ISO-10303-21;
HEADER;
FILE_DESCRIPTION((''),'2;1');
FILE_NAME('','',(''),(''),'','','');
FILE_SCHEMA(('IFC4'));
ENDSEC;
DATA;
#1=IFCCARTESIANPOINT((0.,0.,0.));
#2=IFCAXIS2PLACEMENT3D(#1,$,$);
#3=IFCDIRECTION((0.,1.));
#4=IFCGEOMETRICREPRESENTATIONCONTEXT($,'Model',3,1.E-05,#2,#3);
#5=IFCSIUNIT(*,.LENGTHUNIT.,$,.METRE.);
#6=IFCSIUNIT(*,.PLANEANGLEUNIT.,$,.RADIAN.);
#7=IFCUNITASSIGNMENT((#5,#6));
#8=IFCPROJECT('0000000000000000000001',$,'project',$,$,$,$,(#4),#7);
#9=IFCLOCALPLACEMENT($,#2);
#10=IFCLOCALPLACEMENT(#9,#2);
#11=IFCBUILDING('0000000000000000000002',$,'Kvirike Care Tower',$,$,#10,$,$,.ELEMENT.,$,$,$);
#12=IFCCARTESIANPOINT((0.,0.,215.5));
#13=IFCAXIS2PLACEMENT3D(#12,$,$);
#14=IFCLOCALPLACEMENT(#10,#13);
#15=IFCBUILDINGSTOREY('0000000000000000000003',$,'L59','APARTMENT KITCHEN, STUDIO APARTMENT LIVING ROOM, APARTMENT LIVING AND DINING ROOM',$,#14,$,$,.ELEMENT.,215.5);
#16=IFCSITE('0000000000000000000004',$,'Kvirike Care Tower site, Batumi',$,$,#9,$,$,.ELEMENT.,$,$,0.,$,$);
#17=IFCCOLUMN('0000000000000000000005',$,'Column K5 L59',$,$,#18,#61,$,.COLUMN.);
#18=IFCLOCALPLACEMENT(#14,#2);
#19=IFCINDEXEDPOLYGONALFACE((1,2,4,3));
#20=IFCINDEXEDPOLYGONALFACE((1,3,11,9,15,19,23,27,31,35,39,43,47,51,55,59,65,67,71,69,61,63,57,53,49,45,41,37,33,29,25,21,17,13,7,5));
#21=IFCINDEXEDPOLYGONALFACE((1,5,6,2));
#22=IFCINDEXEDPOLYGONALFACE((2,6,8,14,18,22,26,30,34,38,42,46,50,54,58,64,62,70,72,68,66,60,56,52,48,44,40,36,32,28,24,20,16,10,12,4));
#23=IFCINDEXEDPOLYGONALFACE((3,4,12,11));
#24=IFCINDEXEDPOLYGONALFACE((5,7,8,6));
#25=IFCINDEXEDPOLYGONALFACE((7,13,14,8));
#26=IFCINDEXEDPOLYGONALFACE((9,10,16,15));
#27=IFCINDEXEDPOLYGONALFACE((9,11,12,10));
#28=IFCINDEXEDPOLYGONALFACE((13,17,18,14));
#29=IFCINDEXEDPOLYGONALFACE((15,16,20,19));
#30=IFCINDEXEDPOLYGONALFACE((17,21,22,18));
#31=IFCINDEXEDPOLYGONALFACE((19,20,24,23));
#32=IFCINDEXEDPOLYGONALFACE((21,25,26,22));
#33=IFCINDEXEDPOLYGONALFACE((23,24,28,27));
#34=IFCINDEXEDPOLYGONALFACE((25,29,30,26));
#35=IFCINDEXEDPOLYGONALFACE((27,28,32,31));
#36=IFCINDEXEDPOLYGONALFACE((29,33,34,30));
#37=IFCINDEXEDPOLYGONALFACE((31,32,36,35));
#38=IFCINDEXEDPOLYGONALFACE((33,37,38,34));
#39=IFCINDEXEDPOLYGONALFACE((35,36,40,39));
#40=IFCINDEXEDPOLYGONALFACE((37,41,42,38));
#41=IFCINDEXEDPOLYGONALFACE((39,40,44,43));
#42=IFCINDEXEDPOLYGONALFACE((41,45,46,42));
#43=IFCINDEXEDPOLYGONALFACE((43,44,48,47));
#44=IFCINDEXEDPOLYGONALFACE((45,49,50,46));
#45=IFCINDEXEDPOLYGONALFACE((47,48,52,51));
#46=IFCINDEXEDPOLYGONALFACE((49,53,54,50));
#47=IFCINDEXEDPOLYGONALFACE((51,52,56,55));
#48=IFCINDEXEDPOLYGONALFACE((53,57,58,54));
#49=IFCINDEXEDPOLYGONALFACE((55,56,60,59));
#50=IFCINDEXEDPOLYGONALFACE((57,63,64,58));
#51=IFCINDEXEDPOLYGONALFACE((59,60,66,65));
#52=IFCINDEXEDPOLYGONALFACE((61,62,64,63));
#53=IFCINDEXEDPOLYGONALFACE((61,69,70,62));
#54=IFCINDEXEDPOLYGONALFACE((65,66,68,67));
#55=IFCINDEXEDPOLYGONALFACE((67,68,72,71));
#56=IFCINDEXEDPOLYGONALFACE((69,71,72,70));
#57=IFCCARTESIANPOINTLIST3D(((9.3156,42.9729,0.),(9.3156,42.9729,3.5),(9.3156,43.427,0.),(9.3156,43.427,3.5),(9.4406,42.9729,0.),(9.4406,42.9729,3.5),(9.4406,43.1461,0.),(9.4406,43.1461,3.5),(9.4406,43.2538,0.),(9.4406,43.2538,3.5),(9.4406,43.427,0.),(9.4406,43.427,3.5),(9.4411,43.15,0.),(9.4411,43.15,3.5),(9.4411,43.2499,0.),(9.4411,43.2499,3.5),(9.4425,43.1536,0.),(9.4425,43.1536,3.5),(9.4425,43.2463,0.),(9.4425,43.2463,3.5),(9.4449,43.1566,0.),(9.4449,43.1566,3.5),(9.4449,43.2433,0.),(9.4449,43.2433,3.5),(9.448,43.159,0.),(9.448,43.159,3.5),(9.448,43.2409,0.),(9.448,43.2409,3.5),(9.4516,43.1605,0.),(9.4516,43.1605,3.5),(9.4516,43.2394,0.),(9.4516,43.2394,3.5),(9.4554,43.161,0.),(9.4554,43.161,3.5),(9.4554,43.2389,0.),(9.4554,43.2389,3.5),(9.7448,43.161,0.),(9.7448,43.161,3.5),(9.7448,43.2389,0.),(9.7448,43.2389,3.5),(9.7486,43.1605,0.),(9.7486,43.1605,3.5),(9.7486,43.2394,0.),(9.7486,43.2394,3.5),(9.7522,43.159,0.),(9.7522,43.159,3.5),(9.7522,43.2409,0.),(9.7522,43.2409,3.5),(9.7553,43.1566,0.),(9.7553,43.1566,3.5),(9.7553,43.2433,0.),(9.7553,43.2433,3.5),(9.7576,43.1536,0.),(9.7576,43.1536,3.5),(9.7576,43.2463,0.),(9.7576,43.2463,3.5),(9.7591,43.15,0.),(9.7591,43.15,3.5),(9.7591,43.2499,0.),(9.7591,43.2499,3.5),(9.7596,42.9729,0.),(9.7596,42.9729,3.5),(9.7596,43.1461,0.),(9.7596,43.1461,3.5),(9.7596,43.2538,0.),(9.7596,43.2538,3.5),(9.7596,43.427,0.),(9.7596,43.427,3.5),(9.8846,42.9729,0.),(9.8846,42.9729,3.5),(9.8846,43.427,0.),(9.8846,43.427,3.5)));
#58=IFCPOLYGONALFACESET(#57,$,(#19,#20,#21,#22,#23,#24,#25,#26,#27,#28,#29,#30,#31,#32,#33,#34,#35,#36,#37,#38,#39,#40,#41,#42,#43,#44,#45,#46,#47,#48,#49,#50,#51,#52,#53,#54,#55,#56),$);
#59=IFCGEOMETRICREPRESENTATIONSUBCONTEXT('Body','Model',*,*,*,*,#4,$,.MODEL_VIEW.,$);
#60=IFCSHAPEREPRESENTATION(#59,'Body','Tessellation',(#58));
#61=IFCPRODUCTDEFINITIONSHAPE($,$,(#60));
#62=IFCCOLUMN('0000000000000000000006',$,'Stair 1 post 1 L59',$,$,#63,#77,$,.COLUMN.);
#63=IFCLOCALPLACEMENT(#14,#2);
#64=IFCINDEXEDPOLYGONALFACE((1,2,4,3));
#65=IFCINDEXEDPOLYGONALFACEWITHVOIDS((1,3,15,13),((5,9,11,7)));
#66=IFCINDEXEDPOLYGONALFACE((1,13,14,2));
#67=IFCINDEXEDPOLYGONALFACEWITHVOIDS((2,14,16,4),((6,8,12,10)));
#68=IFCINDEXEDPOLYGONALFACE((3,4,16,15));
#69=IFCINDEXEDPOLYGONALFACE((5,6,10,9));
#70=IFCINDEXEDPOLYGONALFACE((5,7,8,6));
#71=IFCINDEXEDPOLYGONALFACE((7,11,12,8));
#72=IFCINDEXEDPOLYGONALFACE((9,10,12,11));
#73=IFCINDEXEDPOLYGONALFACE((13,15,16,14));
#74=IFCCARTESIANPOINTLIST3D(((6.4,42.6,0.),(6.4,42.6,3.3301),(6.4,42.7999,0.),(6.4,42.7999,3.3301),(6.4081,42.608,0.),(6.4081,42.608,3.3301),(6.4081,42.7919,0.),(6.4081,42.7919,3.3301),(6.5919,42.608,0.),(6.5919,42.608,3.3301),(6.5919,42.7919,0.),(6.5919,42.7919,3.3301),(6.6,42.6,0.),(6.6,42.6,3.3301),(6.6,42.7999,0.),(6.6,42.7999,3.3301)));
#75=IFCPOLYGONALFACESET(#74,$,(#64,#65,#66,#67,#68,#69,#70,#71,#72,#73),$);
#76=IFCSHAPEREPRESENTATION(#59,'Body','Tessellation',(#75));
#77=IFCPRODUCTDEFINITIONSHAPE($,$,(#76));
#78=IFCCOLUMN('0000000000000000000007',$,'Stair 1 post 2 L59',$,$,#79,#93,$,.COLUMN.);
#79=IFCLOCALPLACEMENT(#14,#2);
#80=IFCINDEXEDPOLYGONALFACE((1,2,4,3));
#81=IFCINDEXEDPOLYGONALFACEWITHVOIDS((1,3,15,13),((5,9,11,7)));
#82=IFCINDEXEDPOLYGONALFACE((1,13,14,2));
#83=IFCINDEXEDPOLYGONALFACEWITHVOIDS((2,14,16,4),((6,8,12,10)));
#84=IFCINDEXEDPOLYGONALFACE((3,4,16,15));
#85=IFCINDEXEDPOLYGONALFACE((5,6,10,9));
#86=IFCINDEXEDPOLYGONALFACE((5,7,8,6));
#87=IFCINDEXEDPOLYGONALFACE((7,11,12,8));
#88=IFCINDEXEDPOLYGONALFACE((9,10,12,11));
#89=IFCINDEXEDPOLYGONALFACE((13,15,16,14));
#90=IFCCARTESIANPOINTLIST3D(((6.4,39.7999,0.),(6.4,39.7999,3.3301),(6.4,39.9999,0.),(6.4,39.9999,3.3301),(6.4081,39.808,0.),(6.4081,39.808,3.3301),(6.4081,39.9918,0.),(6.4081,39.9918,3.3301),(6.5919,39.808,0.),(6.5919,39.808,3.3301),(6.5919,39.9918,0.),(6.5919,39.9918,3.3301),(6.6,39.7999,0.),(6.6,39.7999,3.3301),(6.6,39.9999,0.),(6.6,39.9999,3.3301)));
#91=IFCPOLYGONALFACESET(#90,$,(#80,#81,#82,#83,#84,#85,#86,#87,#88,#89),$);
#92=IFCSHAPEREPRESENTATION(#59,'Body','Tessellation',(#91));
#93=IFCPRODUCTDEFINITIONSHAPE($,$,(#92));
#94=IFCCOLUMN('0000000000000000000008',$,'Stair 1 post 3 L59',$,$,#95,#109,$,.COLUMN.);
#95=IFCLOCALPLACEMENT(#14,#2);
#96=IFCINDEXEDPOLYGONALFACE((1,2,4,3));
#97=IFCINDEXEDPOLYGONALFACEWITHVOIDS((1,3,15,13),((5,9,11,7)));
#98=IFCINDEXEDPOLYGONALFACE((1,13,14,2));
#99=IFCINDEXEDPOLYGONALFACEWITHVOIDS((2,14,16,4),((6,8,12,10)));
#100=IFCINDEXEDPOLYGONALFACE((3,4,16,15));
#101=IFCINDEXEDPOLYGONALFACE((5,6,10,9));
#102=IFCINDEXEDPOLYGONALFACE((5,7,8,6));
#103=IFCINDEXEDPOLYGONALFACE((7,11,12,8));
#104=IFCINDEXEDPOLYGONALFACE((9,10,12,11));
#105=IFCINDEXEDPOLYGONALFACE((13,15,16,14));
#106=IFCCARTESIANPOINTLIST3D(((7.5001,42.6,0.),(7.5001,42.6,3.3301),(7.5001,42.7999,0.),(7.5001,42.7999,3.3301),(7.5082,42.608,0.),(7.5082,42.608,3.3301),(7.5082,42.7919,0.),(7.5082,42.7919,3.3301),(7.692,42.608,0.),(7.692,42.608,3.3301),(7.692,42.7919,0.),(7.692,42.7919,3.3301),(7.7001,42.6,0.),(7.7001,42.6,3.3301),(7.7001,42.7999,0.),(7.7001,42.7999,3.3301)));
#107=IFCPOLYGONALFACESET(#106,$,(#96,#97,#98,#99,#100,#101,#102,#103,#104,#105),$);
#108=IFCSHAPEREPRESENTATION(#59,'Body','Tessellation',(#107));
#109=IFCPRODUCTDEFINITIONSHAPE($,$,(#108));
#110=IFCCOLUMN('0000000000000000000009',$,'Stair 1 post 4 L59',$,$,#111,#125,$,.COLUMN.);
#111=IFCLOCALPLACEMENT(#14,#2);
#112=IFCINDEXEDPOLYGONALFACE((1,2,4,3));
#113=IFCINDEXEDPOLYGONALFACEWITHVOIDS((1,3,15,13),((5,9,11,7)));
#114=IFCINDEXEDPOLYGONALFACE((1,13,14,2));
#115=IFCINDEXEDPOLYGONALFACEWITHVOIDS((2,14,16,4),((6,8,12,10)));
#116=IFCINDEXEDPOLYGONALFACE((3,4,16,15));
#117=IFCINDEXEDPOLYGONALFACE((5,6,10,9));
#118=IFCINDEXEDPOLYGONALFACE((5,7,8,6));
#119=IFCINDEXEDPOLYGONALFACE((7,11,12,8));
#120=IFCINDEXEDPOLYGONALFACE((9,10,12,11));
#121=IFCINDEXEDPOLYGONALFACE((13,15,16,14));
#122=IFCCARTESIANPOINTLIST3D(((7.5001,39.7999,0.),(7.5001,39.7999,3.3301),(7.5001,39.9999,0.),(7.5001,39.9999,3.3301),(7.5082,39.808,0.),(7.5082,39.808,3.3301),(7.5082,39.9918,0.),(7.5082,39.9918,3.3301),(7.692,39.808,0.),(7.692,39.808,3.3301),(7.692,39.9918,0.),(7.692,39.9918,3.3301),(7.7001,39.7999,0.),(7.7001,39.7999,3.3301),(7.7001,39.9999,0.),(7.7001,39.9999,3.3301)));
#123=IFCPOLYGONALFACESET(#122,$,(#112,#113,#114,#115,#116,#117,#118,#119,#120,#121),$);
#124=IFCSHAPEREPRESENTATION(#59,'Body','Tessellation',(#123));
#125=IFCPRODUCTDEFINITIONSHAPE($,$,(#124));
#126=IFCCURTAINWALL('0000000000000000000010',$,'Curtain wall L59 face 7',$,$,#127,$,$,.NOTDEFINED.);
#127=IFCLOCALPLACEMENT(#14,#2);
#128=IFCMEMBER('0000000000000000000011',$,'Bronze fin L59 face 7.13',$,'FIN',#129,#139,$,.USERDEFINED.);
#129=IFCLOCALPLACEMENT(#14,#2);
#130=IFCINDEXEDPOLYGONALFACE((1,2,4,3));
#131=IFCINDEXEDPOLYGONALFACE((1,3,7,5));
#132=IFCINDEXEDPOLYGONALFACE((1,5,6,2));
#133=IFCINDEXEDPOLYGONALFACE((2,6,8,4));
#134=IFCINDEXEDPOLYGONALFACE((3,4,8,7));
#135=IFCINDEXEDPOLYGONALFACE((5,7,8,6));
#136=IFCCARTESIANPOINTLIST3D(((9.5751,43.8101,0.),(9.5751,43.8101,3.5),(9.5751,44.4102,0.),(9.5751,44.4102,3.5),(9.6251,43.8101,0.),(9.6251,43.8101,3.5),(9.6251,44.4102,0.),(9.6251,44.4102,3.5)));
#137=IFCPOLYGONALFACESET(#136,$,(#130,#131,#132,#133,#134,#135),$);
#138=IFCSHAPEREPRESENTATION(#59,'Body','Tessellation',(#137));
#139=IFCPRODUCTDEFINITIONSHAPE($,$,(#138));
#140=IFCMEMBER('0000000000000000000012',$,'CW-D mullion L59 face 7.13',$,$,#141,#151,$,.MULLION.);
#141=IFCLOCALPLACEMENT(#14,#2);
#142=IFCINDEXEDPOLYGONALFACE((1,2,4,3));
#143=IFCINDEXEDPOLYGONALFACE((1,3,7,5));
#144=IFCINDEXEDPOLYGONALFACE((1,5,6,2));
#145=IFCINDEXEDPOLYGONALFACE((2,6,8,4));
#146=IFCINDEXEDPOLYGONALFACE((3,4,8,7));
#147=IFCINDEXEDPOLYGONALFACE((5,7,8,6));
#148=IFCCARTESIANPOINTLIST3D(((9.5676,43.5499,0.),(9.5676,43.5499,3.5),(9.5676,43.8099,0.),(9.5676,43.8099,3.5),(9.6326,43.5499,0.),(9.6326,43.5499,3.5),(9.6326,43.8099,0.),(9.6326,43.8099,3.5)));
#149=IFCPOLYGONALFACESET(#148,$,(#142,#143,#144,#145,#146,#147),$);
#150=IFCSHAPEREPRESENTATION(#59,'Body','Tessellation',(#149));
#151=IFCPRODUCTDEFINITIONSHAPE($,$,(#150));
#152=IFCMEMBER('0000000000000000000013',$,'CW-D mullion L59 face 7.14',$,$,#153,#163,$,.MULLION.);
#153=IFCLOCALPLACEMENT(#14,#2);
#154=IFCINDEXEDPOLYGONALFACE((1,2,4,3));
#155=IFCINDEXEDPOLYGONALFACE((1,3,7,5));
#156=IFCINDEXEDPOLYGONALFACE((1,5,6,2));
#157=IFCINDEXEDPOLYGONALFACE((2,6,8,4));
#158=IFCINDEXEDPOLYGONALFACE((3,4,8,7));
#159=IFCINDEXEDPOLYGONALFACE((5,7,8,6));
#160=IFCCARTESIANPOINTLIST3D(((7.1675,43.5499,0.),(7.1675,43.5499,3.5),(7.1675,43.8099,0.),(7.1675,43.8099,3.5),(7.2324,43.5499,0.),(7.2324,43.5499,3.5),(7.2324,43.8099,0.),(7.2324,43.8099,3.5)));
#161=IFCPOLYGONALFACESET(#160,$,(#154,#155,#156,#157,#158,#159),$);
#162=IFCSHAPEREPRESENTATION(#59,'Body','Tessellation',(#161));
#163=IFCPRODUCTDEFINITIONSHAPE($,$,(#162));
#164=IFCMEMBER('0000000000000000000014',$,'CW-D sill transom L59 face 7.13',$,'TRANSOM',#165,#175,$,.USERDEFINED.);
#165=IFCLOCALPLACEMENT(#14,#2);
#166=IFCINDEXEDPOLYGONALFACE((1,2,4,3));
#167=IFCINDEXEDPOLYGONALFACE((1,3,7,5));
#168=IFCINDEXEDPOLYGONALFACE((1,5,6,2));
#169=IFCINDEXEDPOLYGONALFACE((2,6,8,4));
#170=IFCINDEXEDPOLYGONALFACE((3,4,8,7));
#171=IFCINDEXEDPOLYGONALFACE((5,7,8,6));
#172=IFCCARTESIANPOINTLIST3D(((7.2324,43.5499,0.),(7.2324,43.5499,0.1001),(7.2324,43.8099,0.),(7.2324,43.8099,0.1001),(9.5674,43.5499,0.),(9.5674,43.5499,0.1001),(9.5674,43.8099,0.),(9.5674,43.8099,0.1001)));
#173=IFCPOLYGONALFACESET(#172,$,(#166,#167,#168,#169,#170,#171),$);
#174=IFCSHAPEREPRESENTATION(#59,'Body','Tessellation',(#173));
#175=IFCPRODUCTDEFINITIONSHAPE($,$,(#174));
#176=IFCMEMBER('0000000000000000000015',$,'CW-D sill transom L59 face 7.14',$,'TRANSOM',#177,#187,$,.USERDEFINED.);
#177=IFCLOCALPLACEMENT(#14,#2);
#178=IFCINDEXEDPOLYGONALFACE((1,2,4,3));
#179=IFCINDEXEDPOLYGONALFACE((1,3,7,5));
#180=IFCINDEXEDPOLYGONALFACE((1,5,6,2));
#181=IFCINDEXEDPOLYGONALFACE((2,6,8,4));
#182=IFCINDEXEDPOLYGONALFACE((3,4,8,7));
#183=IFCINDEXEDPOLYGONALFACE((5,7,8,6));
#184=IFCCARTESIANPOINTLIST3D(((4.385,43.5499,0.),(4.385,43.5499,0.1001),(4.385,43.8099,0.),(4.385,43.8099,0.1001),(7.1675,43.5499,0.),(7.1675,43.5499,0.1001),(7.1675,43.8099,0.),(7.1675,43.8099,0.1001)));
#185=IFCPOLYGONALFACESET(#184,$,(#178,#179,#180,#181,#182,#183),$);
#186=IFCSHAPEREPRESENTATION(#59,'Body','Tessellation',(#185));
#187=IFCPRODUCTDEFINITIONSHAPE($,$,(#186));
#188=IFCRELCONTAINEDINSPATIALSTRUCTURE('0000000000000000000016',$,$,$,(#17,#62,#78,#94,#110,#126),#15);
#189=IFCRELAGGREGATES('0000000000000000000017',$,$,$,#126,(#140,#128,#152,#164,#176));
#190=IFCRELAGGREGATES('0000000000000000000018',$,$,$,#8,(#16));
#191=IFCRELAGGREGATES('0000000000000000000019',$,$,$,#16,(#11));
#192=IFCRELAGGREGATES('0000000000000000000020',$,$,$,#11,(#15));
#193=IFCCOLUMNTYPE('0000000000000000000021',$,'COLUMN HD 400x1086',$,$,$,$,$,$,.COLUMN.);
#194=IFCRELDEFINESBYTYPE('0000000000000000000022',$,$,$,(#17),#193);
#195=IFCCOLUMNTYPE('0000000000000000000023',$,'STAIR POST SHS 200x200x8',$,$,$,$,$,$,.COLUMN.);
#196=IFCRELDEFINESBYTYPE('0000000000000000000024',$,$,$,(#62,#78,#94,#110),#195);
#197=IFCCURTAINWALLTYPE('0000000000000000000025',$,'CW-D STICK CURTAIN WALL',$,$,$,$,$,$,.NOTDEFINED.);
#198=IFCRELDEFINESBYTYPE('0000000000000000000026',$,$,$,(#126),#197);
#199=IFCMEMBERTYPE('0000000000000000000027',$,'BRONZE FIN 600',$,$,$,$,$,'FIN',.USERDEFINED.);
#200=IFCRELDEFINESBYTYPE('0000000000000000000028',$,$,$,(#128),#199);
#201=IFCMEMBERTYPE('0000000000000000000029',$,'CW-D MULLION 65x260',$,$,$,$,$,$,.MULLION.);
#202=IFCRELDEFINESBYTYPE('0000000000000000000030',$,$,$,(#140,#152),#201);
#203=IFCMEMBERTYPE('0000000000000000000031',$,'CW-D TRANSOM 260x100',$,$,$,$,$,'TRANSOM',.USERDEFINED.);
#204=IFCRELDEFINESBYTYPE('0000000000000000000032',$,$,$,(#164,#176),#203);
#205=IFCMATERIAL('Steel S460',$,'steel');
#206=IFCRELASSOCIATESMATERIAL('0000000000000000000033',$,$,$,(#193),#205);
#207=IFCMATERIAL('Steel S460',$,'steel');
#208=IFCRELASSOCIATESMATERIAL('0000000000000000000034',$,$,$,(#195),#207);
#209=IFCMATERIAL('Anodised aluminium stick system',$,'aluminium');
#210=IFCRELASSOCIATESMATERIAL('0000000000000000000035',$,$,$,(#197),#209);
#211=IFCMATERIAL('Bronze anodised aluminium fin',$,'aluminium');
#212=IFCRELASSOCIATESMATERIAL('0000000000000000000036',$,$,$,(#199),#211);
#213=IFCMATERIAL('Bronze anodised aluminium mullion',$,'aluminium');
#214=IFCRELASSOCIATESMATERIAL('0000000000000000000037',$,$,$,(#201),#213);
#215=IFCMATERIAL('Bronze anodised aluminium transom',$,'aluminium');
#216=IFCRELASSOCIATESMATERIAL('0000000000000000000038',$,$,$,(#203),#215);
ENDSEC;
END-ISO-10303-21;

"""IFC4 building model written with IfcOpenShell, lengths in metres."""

from ifc_helpers import new_model, si_unit, direction, frame, origin, origin_2d, place, context, subcontext, project, spatial, rectangle, hollow_rectangle, i_section, extrude, material, material_profile, profile_set, type_object, element, aggregate, save


model = new_model("IFC4")

# Units and contexts
model_context = context("Model", 3, precision=1e-05, world=origin(), true_north=direction((0.0, 1.0)))
body_context = subcontext(model_context, "Body", "Model", "MODEL_VIEW")
ifc_project = project(units=[si_unit("LENGTHUNIT", "METRE"), si_unit("PLANEANGLEUNIT", "RADIAN")], contexts=[model_context])

# Site, building, storey
site_placement = place(None, origin())
site = spatial("IfcSite", under=ifc_project, at=site_placement, Name="Kvirike Care Tower site, Batumi", CompositionType="ELEMENT", RefElevation=0.0)
building_placement = place(site_placement, origin())
building = spatial("IfcBuilding", under=site, at=building_placement, Name="Kvirike Care Tower", CompositionType="ELEMENT")
storey_placement = place(building_placement, frame((0.0, 0.0, 215.5)))
storey = spatial("IfcBuildingStorey", under=building, at=storey_placement, Name="L59", Description="APARTMENT KITCHEN, STUDIO APARTMENT LIVING ROOM, APARTMENT LIVING AND DINING ROOM", CompositionType="ELEMENT", Elevation=215.5)

# Columns
ifc_material_1 = material(Name="Steel S460", Category="steel")
ifc_material_profile_1 = material_profile(ifc_material_1, i_section(OverallWidth=0.4541, OverallDepth=0.5691, WebThickness=0.0779, FlangeThickness=0.125, FilletRadius=0.0149, at=origin_2d()), Name="HD 400x1086")
ifc_profile_set_1 = profile_set([ifc_material_profile_1], Name="Steel S460")
column_type_1 = type_object("IfcColumnType", Name="COLUMN HD 400x1086", PredefinedType="COLUMN", material=ifc_profile_set_1)
column_placement = place(storey_placement, frame((9.6001, 43.2, 0.0), z_axis=(0.0, 0.0, 1.0), x_axis=(0.0, 1.0, 0.0)))
element("IfcColumn", 1, at=column_placement, inside=storey, type_object=column_type_1, Name="Column K5 L59", PredefinedType="COLUMN", context=body_context, shape_type="SweptSolid", body=[
    extrude(i_section(OverallWidth=0.4541, OverallDepth=0.5691, WebThickness=0.0779, FlangeThickness=0.125, FilletRadius=0.0149, at=origin_2d()), origin(), (0.0, 0.0, 1.0), 3.5),
])
ifc_material_2 = material(Name="Steel S460", Category="steel")
ifc_material_profile_2 = material_profile(ifc_material_2, hollow_rectangle(XDim=0.2, YDim=0.2, WallThickness=0.0081, at=origin_2d()), Name="SHS 200x200x8")
ifc_profile_set_2 = profile_set([ifc_material_profile_2], Name="Steel S460")
column_type_2 = type_object("IfcColumnType", Name="STAIR POST SHS 200x200x8", PredefinedType="COLUMN", material=ifc_profile_set_2)
for number, where, z_axis, x_axis, name in (
    (2, (6.5, 42.7, 0.0), (0.0, 0.0, 1.0), (1.0, 0.0, 0.0), "Stair 1 post 1 L59"),
    (3, (6.5, 39.8999, 0.0), (0.0, 0.0, 1.0), (1.0, 0.0, 0.0), "Stair 1 post 2 L59"),
    (4, (7.6001, 42.7, 0.0), (0.0, 0.0, 1.0), (1.0, 0.0, 0.0), "Stair 1 post 3 L59"),
    (5, (7.6001, 39.8999, 0.0), (0.0, 0.0, 1.0), (1.0, 0.0, 0.0), "Stair 1 post 4 L59"),
):
    element("IfcColumn", number, at=place(storey_placement, frame(where, z_axis=z_axis, x_axis=x_axis)), inside=storey, type_object=column_type_2, Name=name, PredefinedType="COLUMN", context=body_context, shape_type="SweptSolid", body=[
        extrude(hollow_rectangle(XDim=0.2, YDim=0.2, WallThickness=0.0081, at=origin_2d()), origin(), (0.0, 0.0, 1.0), 3.3301),
    ])

# Curtain wall, members
ifc_material_3 = material(Name="Anodised aluminium stick system", Category="aluminium")
curtain_wall_type = type_object("IfcCurtainWallType", Name="CW-D STICK CURTAIN WALL", PredefinedType="NOTDEFINED", material=ifc_material_3)
curtain_wall_placement = place(storey_placement, origin())
curtain_wall = element("IfcCurtainWall", 6, at=curtain_wall_placement, inside=storey, type_object=curtain_wall_type, Name="Curtain wall L59 face 7", PredefinedType="NOTDEFINED")
ifc_material_4 = material(Name="Bronze anodised aluminium fin", Category="aluminium")
ifc_material_profile_3 = material_profile(ifc_material_4, rectangle(XDim=0.05, YDim=0.6001, at=origin_2d()), Name="BRONZE FIN 600")
ifc_profile_set_3 = profile_set([ifc_material_profile_3], Name="Bronze anodised aluminium fin")
member_type_1 = type_object("IfcMemberType", Name="BRONZE FIN 600", ElementType="FIN", PredefinedType="USERDEFINED", material=ifc_profile_set_3)
member_1_placement = place(storey_placement, frame((9.6001, 44.1101, 0.0), z_axis=(0.0, 0.0, 1.0), x_axis=(-1.0, 0.0, 0.0)))
member_1 = element("IfcMember", 7, at=member_1_placement, type_object=member_type_1, Name="Bronze fin L59 face 7.13", ObjectType="FIN", PredefinedType="USERDEFINED", context=body_context, shape_type="SweptSolid", body=[
    extrude(rectangle(XDim=0.05, YDim=0.6001, at=origin_2d()), origin(), (0.0, 0.0, 1.0), 3.5),
])
ifc_material_5 = material(Name="Bronze anodised aluminium mullion", Category="aluminium")
ifc_material_profile_4 = material_profile(ifc_material_5, rectangle(XDim=0.0649, YDim=0.26, at=origin_2d()), Name="CW-D MULLION 65x260")
ifc_profile_set_4 = profile_set([ifc_material_profile_4], Name="Bronze anodised aluminium mullion")
member_type_2 = type_object("IfcMemberType", Name="CW-D MULLION 65x260", PredefinedType="MULLION", material=ifc_profile_set_4)
member_2_placement = place(storey_placement, frame((9.6001, 43.6799, 0.0), z_axis=(0.0, 0.0, 1.0), x_axis=(-1.0, 0.0, 0.0)))
member_2 = element("IfcMember", 8, at=member_2_placement, type_object=member_type_2, Name="CW-D mullion L59 face 7.13", PredefinedType="MULLION", context=body_context, shape_type="SweptSolid", body=[
    extrude(rectangle(XDim=0.0649, YDim=0.26, at=origin_2d()), origin(), (0.0, 0.0, 1.0), 3.5),
])
member_3_placement = place(storey_placement, frame((7.2, 43.6799, 0.0), z_axis=(0.0, 0.0, 1.0), x_axis=(-1.0, 0.0, 0.0)))
member_3 = element("IfcMember", 9, at=member_3_placement, type_object=member_type_2, Name="CW-D mullion L59 face 7.14", PredefinedType="MULLION", context=body_context, shape_type="SweptSolid", body=[
    extrude(rectangle(XDim=0.0649, YDim=0.26, at=origin_2d()), origin(), (0.0, 0.0, 1.0), 3.5),
])
ifc_material_6 = material(Name="Bronze anodised aluminium transom", Category="aluminium")
ifc_material_profile_5 = material_profile(ifc_material_6, rectangle(XDim=0.26, YDim=0.1001, at=origin_2d()), Name="CW-D TRANSOM 260x100")
ifc_profile_set_5 = profile_set([ifc_material_profile_5], Name="Bronze anodised aluminium transom")
member_type_3 = type_object("IfcMemberType", Name="CW-D TRANSOM 260x100", ElementType="TRANSOM", PredefinedType="USERDEFINED", material=ifc_profile_set_5)
member_4_placement = place(storey_placement, frame((9.5674, 43.6799, 0.05), z_axis=(-1.0, 0.0, 0.0), x_axis=(0.0, -1.0, 0.0)))
member_4 = element("IfcMember", 10, at=member_4_placement, type_object=member_type_3, Name="CW-D sill transom L59 face 7.13", ObjectType="TRANSOM", PredefinedType="USERDEFINED", context=body_context, shape_type="SweptSolid", body=[
    extrude(rectangle(XDim=0.26, YDim=0.1001, at=origin_2d()), origin(), (0.0, 0.0, 1.0), 2.335),
])
member_5_placement = place(storey_placement, frame((7.1675, 43.6799, 0.05), z_axis=(-1.0, 0.0, 0.0), x_axis=(0.0, -1.0, 0.0)))
member_5 = element("IfcMember", 11, at=member_5_placement, type_object=member_type_3, Name="CW-D sill transom L59 face 7.14", ObjectType="TRANSOM", PredefinedType="USERDEFINED", context=body_context, shape_type="SweptSolid", body=[
    extrude(rectangle(XDim=0.26, YDim=0.1001, at=origin_2d()), origin(), (0.0, 0.0, 1.0), 2.7825),
])

aggregate(curtain_wall, [member_2, member_1, member_3, member_4, member_5])

save(model, "model.ifc")
